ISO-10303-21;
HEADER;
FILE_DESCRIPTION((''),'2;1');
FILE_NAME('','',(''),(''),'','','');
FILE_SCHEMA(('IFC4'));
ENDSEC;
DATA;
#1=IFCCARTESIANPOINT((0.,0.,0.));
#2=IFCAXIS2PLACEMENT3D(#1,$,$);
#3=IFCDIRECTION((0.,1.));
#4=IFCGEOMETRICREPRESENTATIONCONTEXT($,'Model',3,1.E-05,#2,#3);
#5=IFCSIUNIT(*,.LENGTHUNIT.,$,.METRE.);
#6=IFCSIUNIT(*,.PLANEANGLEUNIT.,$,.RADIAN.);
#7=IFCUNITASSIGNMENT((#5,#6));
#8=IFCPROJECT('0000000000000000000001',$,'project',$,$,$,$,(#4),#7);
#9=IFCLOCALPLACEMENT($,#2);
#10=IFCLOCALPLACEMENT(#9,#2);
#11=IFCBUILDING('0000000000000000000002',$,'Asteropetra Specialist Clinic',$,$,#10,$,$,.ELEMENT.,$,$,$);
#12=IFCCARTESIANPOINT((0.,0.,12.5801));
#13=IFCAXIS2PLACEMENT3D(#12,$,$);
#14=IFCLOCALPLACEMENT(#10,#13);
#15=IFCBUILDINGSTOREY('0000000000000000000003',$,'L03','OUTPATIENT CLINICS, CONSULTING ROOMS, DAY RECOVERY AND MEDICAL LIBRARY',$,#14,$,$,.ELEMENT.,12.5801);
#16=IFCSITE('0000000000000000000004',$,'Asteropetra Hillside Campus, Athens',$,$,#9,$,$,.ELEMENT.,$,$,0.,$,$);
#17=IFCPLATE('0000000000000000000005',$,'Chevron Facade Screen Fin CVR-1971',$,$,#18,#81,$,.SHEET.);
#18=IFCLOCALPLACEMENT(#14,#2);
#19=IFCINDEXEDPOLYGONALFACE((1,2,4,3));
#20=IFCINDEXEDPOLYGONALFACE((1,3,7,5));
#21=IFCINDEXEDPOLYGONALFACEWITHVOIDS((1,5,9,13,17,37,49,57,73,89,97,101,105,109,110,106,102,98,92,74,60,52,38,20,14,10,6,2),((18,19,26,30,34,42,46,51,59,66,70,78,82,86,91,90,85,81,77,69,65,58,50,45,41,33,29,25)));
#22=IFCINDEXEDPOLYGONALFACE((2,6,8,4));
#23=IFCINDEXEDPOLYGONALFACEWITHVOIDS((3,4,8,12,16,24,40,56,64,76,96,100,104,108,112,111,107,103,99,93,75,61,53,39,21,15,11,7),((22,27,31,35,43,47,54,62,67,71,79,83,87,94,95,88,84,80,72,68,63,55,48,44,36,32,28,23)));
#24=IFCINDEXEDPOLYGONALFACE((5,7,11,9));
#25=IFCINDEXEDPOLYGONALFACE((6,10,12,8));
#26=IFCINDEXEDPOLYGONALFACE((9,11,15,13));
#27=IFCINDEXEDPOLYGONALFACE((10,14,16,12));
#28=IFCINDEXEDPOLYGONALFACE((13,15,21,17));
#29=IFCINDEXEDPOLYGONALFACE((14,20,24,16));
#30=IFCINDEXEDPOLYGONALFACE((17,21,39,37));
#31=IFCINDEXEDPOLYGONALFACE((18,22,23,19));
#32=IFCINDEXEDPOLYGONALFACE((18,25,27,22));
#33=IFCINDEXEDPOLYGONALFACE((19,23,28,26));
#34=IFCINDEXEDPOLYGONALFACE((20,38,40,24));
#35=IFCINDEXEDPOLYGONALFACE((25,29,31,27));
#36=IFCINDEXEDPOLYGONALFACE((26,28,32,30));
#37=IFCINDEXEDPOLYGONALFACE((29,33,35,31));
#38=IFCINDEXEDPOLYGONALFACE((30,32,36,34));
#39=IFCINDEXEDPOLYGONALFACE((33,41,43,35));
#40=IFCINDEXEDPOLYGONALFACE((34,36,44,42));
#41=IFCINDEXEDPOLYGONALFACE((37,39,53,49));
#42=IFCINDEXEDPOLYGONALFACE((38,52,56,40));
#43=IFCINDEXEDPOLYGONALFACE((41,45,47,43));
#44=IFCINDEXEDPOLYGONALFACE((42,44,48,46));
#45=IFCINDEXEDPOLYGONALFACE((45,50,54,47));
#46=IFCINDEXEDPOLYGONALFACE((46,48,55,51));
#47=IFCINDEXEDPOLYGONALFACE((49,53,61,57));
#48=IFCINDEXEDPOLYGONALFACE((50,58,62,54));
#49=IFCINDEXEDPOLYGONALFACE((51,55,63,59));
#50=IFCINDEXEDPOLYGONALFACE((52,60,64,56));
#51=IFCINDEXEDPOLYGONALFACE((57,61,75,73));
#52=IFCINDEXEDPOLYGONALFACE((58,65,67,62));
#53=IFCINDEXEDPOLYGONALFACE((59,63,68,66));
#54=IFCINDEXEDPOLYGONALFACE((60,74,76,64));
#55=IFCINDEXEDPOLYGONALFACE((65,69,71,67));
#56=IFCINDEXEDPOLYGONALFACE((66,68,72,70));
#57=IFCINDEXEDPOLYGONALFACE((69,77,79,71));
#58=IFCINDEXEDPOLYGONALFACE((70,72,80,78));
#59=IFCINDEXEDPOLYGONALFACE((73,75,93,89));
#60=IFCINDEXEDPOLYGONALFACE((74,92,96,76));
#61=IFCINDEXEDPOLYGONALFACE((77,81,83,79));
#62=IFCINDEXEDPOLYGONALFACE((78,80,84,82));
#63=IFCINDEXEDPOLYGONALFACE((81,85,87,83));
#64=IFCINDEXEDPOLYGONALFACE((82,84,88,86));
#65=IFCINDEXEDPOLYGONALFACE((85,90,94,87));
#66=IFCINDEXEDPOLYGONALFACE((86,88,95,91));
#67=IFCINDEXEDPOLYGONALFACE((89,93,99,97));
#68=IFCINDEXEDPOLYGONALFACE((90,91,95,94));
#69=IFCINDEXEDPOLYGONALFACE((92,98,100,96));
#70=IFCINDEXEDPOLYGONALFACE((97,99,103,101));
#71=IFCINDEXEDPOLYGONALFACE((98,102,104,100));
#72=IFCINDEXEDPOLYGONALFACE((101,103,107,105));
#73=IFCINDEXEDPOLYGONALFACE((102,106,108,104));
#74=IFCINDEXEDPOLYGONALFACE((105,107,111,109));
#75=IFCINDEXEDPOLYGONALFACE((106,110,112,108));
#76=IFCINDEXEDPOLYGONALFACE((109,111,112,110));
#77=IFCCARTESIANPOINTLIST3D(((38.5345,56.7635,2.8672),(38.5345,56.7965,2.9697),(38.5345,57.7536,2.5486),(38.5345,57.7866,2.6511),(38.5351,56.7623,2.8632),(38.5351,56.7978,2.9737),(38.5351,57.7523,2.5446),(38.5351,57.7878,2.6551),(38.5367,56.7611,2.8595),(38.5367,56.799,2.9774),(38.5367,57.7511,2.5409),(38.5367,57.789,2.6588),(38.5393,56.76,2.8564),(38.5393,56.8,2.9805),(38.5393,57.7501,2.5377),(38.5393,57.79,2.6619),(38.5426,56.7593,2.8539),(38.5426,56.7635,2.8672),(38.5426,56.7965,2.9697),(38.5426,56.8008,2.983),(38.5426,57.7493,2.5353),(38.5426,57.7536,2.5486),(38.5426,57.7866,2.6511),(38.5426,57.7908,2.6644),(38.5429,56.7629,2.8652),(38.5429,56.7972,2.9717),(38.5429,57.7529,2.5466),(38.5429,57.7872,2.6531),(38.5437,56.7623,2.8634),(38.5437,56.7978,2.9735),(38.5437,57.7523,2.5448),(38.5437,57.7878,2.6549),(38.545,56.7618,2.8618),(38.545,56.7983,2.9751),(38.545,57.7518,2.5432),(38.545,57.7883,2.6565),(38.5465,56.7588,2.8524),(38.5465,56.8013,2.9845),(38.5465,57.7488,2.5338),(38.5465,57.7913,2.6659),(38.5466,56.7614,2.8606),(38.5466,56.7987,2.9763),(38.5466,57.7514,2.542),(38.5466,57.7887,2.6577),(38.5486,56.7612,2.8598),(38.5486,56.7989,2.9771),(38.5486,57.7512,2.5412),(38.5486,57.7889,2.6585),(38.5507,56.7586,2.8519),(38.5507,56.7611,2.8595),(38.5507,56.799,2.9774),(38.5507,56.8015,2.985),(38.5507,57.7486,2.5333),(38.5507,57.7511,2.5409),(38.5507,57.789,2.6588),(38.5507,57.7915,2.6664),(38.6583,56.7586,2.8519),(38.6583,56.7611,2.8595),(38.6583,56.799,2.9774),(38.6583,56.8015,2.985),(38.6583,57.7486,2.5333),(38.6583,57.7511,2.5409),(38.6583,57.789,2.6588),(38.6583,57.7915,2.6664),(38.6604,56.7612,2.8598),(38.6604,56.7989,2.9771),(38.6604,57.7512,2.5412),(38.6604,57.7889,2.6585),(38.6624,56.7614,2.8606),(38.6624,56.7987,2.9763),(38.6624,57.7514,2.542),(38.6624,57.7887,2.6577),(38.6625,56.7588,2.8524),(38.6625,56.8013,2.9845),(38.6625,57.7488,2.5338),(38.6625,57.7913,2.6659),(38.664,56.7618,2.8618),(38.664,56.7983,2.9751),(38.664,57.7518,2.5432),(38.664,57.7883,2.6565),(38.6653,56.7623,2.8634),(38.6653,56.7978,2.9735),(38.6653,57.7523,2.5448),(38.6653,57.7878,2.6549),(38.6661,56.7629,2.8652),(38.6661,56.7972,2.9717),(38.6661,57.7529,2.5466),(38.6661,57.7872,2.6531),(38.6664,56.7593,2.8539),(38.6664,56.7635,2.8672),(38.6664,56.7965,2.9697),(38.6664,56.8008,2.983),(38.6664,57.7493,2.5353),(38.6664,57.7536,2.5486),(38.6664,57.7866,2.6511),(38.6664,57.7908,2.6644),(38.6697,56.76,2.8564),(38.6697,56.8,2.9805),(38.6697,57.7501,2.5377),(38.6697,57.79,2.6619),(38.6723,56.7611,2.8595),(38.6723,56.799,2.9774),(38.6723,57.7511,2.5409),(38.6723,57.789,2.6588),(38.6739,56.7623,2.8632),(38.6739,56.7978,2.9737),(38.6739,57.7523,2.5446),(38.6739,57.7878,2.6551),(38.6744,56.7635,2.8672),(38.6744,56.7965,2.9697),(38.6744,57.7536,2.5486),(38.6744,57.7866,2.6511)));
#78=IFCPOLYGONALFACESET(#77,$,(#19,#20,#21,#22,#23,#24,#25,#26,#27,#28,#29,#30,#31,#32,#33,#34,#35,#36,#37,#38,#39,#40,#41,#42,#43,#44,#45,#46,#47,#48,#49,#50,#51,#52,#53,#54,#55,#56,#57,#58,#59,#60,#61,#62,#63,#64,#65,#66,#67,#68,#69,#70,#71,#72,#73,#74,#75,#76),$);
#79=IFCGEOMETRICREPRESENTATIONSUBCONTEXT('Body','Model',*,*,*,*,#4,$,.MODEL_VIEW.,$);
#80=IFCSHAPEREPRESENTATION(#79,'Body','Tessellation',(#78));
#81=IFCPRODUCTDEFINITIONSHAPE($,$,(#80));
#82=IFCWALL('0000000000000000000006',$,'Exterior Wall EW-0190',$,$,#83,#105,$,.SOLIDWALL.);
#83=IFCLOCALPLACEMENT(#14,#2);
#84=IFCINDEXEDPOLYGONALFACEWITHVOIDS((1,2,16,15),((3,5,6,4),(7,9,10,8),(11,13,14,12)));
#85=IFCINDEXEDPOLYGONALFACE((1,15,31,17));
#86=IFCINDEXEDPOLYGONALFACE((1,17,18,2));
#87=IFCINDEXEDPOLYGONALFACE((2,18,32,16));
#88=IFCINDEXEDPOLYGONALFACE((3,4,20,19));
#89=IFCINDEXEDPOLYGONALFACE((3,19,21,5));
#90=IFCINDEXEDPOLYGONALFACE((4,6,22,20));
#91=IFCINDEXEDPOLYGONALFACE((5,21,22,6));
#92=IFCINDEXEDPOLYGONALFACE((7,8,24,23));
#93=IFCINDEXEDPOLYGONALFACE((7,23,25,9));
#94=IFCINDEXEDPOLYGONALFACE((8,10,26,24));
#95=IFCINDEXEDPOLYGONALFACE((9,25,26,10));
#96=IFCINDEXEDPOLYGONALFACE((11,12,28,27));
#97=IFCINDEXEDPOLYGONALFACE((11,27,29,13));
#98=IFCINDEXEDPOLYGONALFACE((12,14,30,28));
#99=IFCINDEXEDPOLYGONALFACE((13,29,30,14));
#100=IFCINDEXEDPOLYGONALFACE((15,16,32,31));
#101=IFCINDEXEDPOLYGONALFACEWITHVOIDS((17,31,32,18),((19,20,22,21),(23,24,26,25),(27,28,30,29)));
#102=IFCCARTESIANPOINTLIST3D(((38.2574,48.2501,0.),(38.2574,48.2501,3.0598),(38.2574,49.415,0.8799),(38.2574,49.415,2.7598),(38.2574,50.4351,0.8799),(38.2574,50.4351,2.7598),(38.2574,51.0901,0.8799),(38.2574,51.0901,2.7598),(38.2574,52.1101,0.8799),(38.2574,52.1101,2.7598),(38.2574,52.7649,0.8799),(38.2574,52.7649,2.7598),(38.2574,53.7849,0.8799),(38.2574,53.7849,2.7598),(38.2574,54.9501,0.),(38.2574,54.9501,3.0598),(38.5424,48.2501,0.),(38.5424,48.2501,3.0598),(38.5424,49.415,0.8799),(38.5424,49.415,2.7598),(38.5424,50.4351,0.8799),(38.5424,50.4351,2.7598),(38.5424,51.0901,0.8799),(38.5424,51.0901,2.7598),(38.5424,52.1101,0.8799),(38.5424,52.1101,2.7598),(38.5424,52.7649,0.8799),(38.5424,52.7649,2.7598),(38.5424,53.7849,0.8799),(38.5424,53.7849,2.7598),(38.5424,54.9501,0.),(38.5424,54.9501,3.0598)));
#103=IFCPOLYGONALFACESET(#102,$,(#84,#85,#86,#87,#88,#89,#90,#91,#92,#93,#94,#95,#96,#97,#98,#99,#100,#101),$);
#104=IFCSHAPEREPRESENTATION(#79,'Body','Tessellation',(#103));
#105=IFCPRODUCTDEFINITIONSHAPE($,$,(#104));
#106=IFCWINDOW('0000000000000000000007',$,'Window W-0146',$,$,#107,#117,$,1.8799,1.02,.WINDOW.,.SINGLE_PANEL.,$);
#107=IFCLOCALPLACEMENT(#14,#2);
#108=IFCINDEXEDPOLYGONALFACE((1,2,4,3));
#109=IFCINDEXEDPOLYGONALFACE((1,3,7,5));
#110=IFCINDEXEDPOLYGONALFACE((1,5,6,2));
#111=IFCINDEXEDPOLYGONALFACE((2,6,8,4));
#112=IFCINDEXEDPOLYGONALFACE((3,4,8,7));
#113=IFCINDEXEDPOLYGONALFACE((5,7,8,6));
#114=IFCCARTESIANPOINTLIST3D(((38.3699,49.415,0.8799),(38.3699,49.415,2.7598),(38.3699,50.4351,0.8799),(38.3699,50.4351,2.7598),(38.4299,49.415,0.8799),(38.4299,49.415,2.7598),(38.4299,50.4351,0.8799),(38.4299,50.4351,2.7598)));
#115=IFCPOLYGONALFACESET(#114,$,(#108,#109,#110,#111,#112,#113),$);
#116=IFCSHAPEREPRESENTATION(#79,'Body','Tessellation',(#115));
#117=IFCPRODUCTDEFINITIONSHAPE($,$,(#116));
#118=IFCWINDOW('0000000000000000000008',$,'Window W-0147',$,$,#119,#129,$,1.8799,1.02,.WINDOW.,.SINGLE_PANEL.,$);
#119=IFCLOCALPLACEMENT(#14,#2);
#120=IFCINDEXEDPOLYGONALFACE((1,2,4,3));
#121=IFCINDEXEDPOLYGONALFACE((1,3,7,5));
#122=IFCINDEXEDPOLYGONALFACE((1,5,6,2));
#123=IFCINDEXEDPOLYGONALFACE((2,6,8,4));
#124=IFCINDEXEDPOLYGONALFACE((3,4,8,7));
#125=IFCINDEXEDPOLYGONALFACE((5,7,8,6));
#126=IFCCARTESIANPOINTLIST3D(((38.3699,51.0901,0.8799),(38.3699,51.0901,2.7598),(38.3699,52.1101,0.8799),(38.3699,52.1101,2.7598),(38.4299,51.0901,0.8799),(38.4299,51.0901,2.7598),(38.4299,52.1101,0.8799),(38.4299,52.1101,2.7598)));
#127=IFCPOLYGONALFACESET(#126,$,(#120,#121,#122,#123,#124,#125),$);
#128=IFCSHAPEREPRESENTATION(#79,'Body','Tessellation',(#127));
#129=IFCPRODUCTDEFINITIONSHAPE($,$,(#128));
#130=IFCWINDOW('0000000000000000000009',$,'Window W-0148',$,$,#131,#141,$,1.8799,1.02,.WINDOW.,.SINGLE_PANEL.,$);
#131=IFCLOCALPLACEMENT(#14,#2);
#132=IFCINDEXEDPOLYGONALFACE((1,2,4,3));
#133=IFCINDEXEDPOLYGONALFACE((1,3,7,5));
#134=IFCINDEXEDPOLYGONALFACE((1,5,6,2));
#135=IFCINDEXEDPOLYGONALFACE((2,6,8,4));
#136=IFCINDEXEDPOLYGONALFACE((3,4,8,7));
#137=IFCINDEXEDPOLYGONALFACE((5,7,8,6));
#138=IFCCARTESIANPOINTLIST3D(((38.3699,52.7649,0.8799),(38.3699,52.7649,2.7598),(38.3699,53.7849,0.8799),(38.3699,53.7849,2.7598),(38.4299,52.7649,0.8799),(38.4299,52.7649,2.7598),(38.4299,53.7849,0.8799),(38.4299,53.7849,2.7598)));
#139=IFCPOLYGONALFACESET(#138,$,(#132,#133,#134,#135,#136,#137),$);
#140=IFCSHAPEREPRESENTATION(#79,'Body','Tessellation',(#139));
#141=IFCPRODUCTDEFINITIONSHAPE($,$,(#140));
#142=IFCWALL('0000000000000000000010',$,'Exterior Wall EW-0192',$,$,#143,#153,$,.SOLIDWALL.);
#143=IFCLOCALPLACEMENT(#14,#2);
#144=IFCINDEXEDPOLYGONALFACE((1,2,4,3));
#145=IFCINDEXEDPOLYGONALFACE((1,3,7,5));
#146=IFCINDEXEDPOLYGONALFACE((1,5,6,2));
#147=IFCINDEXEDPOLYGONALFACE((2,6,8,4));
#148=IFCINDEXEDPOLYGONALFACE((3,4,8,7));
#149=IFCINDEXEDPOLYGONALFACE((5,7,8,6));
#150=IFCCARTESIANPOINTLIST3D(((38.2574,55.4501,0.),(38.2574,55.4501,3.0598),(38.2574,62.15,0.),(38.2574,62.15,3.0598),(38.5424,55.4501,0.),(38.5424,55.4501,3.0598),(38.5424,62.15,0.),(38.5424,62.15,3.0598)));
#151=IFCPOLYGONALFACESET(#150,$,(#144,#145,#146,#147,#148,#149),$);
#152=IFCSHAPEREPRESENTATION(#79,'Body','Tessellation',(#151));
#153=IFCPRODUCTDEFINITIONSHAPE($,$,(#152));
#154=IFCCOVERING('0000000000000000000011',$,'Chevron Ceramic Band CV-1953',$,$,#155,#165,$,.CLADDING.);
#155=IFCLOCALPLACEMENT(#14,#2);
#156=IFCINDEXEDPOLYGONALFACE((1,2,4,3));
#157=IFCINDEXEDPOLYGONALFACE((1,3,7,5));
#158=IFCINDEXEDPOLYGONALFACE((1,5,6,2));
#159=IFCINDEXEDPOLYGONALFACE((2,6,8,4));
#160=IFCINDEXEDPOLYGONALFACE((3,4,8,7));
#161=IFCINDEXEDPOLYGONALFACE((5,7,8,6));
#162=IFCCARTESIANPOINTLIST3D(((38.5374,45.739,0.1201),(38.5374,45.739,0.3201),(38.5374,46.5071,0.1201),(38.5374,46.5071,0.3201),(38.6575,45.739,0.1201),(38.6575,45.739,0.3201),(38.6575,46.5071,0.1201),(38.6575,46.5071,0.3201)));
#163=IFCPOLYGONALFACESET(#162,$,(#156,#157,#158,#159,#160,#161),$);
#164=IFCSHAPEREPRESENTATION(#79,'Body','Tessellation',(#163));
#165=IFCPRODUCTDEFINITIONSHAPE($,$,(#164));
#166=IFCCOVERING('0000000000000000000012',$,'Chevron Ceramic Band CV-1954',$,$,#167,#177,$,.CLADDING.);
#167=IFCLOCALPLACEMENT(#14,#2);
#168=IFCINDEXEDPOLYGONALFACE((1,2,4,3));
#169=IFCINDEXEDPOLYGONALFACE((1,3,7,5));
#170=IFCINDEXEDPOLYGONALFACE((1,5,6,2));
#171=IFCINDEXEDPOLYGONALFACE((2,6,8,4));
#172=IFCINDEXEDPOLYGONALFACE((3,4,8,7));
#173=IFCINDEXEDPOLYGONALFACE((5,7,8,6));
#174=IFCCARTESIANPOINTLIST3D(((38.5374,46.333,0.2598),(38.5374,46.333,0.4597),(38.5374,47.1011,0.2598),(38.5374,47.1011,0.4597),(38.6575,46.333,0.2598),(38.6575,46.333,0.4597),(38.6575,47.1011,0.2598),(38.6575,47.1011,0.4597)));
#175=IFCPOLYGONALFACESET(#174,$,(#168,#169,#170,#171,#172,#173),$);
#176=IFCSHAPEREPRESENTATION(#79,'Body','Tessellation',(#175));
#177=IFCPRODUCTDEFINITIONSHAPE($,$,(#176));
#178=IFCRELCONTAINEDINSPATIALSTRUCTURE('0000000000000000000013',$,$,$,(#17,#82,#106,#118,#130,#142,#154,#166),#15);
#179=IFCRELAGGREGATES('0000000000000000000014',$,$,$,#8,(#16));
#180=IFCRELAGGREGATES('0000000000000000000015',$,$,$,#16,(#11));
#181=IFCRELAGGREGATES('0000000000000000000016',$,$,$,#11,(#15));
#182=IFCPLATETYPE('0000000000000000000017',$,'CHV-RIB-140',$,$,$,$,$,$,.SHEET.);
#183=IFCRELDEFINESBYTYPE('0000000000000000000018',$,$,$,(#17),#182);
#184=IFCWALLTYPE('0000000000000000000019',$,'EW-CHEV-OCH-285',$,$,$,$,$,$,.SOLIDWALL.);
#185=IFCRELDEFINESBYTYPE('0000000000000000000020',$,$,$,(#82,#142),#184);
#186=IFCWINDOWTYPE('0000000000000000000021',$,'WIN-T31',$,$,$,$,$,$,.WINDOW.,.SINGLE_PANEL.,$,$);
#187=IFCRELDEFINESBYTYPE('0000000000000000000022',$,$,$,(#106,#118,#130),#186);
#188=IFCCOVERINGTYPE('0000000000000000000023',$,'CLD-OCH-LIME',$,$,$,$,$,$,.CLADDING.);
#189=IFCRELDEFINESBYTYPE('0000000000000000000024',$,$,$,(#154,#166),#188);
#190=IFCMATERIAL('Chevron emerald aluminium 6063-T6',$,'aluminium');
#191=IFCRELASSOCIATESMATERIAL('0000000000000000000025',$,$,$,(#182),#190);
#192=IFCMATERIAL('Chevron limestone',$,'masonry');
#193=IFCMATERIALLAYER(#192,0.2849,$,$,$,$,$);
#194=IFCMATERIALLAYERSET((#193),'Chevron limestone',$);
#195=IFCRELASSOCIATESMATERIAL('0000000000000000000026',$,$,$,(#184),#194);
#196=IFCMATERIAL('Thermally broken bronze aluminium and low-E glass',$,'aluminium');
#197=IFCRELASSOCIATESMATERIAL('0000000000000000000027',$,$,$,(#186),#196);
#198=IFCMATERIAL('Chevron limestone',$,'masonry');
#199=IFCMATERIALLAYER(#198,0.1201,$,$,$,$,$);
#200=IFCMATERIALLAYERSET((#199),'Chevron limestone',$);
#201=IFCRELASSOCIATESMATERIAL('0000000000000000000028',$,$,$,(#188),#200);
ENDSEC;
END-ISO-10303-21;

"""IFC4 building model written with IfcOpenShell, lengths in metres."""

from ifc_helpers import new_model, si_unit, direction, frame, frame_2d, origin, origin_2d, place, context, subcontext, project, spatial, rectangle, hollow_rectangle, extrude, material, layer, layer_set, material_profile, profile_set, type_object, element, fill, save


model = new_model("IFC4")

# Units and contexts
model_context = context("Model", 3, precision=1e-05, world=origin(), true_north=direction((0.0, 1.0)))
body_context = subcontext(model_context, "Body", "Model", "MODEL_VIEW")
ifc_project = project(units=[si_unit("LENGTHUNIT", "METRE"), si_unit("PLANEANGLEUNIT", "RADIAN")], contexts=[model_context])

# Site, building, storey
site_placement = place(None, origin())
site = spatial("IfcSite", under=ifc_project, at=site_placement, Name="Asteropetra Hillside Campus, Athens", CompositionType="ELEMENT", RefElevation=0.0)
building_placement = place(site_placement, origin())
building = spatial("IfcBuilding", under=site, at=building_placement, Name="Asteropetra Specialist Clinic", CompositionType="ELEMENT")
storey_placement = place(building_placement, frame((0.0, 0.0, 12.5801)))
storey = spatial("IfcBuildingStorey", under=building, at=storey_placement, Name="L03", Description="OUTPATIENT CLINICS, CONSULTING ROOMS, DAY RECOVERY AND MEDICAL LIBRARY", CompositionType="ELEMENT", Elevation=12.5801)

# Plate
ifc_material_1 = material(Name="Chevron emerald aluminium 6063-T6", Category="aluminium")
ifc_material_profile_1 = material_profile(ifc_material_1, hollow_rectangle(XDim=0.1399, YDim=0.1399, WallThickness=0.0081, InnerFilletRadius=0.0081, OuterFilletRadius=0.0161, at=origin_2d()), Name="SHS 140x140x8.0")
ifc_profile_set_1 = profile_set([ifc_material_profile_1], Name="Chevron emerald aluminium 6063-T6")
plate_type = type_object("IfcPlateType", Name="CHV-RIB-140", PredefinedType="SHEET", material=ifc_profile_set_1)
for number, where, z_axis, x_axis, name in (
    (1, (38.6045, 56.78, 2.9185), (0.0, 0.951919, -0.306351), (-1.0, 0.0, 0.0), "Chevron Facade Screen Fin CVR-1971"),
):
    element("IfcPlate", number, at=place(storey_placement, frame(where, z_axis=z_axis, x_axis=x_axis)), inside=storey, type_object=plate_type, Name=name, PredefinedType="SHEET", context=body_context, shape_type="SweptSolid", body=[
        extrude(hollow_rectangle(XDim=0.1399, YDim=0.1399, WallThickness=0.0081, InnerFilletRadius=0.0081, OuterFilletRadius=0.0161, at=origin_2d()), origin(), (0.0, 0.0, 1.0), 1.04),
    ])

# Wall, openings, windows
ifc_material_2 = material(Name="Chevron limestone", Category="masonry")
ifc_layer_1 = layer(ifc_material_2, 0.2849)
ifc_layer_set_1 = layer_set([ifc_layer_1], Name="Chevron limestone")
wall_type = type_object("IfcWallType", Name="EW-CHEV-OCH-285", PredefinedType="SOLIDWALL", material=ifc_layer_set_1)
wall_1_placement = place(storey_placement, frame((38.3999, 48.25, 0.0), z_axis=(0.0, 0.0, 1.0), x_axis=(0.0, 1.0, 0.0)))
wall_1 = element("IfcWall", 2, at=wall_1_placement, inside=storey, type_object=wall_type, Name="Exterior Wall EW-0190", PredefinedType="SOLIDWALL", context=body_context, shape_type="SweptSolid", body=[
    extrude(rectangle(XDim=6.7, YDim=0.2849, at=frame_2d((3.3501, 0.0))), origin(), (0.0, 0.0, 1.0), 3.0598),
])
opening_1_placement = place(wall_1_placement, frame((1.165, 0.0, 0.8799)))
opening_1 = element("IfcOpeningElement", 3, at=opening_1_placement, cuts=wall_1, PredefinedType="OPENING", context=body_context, shape_type="SweptSolid", body=[
    extrude(rectangle(XDim=1.02, YDim=1.8799, at=frame_2d((0.51, 0.9399))), frame((0.0, 0.1523, 0.0), z_axis=(0.0, -1.0, 0.0), x_axis=(1.0, 0.0, 0.0)), (0.0, 0.0, 1.0), 0.3049),
])
opening_2_placement = place(wall_1_placement, frame((2.8401, 0.0, 0.8799)))
opening_2 = element("IfcOpeningElement", 4, at=opening_2_placement, cuts=wall_1, PredefinedType="OPENING", context=body_context, shape_type="SweptSolid", body=[
    extrude(rectangle(XDim=1.02, YDim=1.8799, at=frame_2d((0.51, 0.9399))), frame((0.0, 0.1523, 0.0), z_axis=(0.0, -1.0, 0.0), x_axis=(1.0, 0.0, 0.0)), (0.0, 0.0, 1.0), 0.3049),
])
opening_3_placement = place(wall_1_placement, frame((4.5149, 0.0, 0.8799)))
opening_3 = element("IfcOpeningElement", 5, at=opening_3_placement, cuts=wall_1, PredefinedType="OPENING", context=body_context, shape_type="SweptSolid", body=[
    extrude(rectangle(XDim=1.02, YDim=1.8799, at=frame_2d((0.51, 0.9399))), frame((0.0, 0.1523, 0.0), z_axis=(0.0, -1.0, 0.0), x_axis=(1.0, 0.0, 0.0)), (0.0, 0.0, 1.0), 0.3049),
])
ifc_material_3 = material(Name="Thermally broken bronze aluminium and low-E glass", Category="aluminium")
window_type = type_object("IfcWindowType", Name="WIN-T31", PartitioningType="SINGLE_PANEL", PredefinedType="WINDOW", material=ifc_material_3)
window_1_placement = place(opening_1_placement, origin())
window_1 = element("IfcWindow", 6, at=window_1_placement, inside=storey, type_object=window_type, Name="Window W-0146", OverallHeight=1.8799, OverallWidth=1.02, PartitioningType="SINGLE_PANEL", PredefinedType="WINDOW", context=body_context, shape_type="SweptSolid", body=[
    extrude(rectangle(XDim=1.02, YDim=1.8799, at=frame_2d((0.51, 0.9399))), frame((0.0, 0.03, 0.0), z_axis=(0.0, -1.0, 0.0), x_axis=(1.0, 0.0, 0.0)), (0.0, 0.0, 1.0), 0.0601),
])
fill(opening_1, window_1)
window_2_placement = place(opening_2_placement, origin())
window_2 = element("IfcWindow", 7, at=window_2_placement, inside=storey, type_object=window_type, Name="Window W-0147", OverallHeight=1.8799, OverallWidth=1.02, PartitioningType="SINGLE_PANEL", PredefinedType="WINDOW", context=body_context, shape_type="SweptSolid", body=[
    extrude(rectangle(XDim=1.02, YDim=1.8799, at=frame_2d((0.51, 0.9399))), frame((0.0, 0.03, 0.0), z_axis=(0.0, -1.0, 0.0), x_axis=(1.0, 0.0, 0.0)), (0.0, 0.0, 1.0), 0.0601),
])
fill(opening_2, window_2)
window_3_placement = place(opening_3_placement, origin())
window_3 = element("IfcWindow", 8, at=window_3_placement, inside=storey, type_object=window_type, Name="Window W-0148", OverallHeight=1.8799, OverallWidth=1.02, PartitioningType="SINGLE_PANEL", PredefinedType="WINDOW", context=body_context, shape_type="SweptSolid", body=[
    extrude(rectangle(XDim=1.02, YDim=1.8799, at=frame_2d((0.51, 0.9399))), frame((0.0, 0.03, 0.0), z_axis=(0.0, -1.0, 0.0), x_axis=(1.0, 0.0, 0.0)), (0.0, 0.0, 1.0), 0.0601),
])
fill(opening_3, window_3)

# Wall
wall_2_placement = place(storey_placement, frame((38.3999, 55.45, 0.0), z_axis=(0.0, 0.0, 1.0), x_axis=(0.0, 1.0, 0.0)))
element("IfcWall", 9, at=wall_2_placement, inside=storey, type_object=wall_type, Name="Exterior Wall EW-0192", PredefinedType="SOLIDWALL", context=body_context, shape_type="SweptSolid", body=[
    extrude(rectangle(XDim=6.7, YDim=0.2849, at=frame_2d((3.3501, 0.0))), origin(), (0.0, 0.0, 1.0), 3.0598),
])

# Coverings
ifc_material_4 = material(Name="Chevron limestone", Category="masonry")
ifc_layer_2 = layer(ifc_material_4, 0.1201)
ifc_layer_set_2 = layer_set([ifc_layer_2], Name="Chevron limestone")
covering_type = type_object("IfcCoveringType", Name="CLD-OCH-LIME", PredefinedType="CLADDING", material=ifc_layer_set_2)
for number, where, z_axis, x_axis, name in (
    (10, (38.5974, 46.123, 0.1201), (0.0, 0.0, 1.0), (1.0, 0.0, 0.0), "Chevron Ceramic Band CV-1953"),
    (11, (38.5974, 46.717, 0.2598), (0.0, 0.0, 1.0), (1.0, 0.0, 0.0), "Chevron Ceramic Band CV-1954"),
):
    element("IfcCovering", number, at=place(storey_placement, frame(where, z_axis=z_axis, x_axis=x_axis)), inside=storey, type_object=covering_type, Name=name, PredefinedType="CLADDING", context=body_context, shape_type="SweptSolid", body=[
        extrude(rectangle(XDim=0.1201, YDim=0.7681, at=origin_2d()), origin(), (0.0, 0.0, 1.0), 0.2),
    ])

save(model, "model.ifc")
